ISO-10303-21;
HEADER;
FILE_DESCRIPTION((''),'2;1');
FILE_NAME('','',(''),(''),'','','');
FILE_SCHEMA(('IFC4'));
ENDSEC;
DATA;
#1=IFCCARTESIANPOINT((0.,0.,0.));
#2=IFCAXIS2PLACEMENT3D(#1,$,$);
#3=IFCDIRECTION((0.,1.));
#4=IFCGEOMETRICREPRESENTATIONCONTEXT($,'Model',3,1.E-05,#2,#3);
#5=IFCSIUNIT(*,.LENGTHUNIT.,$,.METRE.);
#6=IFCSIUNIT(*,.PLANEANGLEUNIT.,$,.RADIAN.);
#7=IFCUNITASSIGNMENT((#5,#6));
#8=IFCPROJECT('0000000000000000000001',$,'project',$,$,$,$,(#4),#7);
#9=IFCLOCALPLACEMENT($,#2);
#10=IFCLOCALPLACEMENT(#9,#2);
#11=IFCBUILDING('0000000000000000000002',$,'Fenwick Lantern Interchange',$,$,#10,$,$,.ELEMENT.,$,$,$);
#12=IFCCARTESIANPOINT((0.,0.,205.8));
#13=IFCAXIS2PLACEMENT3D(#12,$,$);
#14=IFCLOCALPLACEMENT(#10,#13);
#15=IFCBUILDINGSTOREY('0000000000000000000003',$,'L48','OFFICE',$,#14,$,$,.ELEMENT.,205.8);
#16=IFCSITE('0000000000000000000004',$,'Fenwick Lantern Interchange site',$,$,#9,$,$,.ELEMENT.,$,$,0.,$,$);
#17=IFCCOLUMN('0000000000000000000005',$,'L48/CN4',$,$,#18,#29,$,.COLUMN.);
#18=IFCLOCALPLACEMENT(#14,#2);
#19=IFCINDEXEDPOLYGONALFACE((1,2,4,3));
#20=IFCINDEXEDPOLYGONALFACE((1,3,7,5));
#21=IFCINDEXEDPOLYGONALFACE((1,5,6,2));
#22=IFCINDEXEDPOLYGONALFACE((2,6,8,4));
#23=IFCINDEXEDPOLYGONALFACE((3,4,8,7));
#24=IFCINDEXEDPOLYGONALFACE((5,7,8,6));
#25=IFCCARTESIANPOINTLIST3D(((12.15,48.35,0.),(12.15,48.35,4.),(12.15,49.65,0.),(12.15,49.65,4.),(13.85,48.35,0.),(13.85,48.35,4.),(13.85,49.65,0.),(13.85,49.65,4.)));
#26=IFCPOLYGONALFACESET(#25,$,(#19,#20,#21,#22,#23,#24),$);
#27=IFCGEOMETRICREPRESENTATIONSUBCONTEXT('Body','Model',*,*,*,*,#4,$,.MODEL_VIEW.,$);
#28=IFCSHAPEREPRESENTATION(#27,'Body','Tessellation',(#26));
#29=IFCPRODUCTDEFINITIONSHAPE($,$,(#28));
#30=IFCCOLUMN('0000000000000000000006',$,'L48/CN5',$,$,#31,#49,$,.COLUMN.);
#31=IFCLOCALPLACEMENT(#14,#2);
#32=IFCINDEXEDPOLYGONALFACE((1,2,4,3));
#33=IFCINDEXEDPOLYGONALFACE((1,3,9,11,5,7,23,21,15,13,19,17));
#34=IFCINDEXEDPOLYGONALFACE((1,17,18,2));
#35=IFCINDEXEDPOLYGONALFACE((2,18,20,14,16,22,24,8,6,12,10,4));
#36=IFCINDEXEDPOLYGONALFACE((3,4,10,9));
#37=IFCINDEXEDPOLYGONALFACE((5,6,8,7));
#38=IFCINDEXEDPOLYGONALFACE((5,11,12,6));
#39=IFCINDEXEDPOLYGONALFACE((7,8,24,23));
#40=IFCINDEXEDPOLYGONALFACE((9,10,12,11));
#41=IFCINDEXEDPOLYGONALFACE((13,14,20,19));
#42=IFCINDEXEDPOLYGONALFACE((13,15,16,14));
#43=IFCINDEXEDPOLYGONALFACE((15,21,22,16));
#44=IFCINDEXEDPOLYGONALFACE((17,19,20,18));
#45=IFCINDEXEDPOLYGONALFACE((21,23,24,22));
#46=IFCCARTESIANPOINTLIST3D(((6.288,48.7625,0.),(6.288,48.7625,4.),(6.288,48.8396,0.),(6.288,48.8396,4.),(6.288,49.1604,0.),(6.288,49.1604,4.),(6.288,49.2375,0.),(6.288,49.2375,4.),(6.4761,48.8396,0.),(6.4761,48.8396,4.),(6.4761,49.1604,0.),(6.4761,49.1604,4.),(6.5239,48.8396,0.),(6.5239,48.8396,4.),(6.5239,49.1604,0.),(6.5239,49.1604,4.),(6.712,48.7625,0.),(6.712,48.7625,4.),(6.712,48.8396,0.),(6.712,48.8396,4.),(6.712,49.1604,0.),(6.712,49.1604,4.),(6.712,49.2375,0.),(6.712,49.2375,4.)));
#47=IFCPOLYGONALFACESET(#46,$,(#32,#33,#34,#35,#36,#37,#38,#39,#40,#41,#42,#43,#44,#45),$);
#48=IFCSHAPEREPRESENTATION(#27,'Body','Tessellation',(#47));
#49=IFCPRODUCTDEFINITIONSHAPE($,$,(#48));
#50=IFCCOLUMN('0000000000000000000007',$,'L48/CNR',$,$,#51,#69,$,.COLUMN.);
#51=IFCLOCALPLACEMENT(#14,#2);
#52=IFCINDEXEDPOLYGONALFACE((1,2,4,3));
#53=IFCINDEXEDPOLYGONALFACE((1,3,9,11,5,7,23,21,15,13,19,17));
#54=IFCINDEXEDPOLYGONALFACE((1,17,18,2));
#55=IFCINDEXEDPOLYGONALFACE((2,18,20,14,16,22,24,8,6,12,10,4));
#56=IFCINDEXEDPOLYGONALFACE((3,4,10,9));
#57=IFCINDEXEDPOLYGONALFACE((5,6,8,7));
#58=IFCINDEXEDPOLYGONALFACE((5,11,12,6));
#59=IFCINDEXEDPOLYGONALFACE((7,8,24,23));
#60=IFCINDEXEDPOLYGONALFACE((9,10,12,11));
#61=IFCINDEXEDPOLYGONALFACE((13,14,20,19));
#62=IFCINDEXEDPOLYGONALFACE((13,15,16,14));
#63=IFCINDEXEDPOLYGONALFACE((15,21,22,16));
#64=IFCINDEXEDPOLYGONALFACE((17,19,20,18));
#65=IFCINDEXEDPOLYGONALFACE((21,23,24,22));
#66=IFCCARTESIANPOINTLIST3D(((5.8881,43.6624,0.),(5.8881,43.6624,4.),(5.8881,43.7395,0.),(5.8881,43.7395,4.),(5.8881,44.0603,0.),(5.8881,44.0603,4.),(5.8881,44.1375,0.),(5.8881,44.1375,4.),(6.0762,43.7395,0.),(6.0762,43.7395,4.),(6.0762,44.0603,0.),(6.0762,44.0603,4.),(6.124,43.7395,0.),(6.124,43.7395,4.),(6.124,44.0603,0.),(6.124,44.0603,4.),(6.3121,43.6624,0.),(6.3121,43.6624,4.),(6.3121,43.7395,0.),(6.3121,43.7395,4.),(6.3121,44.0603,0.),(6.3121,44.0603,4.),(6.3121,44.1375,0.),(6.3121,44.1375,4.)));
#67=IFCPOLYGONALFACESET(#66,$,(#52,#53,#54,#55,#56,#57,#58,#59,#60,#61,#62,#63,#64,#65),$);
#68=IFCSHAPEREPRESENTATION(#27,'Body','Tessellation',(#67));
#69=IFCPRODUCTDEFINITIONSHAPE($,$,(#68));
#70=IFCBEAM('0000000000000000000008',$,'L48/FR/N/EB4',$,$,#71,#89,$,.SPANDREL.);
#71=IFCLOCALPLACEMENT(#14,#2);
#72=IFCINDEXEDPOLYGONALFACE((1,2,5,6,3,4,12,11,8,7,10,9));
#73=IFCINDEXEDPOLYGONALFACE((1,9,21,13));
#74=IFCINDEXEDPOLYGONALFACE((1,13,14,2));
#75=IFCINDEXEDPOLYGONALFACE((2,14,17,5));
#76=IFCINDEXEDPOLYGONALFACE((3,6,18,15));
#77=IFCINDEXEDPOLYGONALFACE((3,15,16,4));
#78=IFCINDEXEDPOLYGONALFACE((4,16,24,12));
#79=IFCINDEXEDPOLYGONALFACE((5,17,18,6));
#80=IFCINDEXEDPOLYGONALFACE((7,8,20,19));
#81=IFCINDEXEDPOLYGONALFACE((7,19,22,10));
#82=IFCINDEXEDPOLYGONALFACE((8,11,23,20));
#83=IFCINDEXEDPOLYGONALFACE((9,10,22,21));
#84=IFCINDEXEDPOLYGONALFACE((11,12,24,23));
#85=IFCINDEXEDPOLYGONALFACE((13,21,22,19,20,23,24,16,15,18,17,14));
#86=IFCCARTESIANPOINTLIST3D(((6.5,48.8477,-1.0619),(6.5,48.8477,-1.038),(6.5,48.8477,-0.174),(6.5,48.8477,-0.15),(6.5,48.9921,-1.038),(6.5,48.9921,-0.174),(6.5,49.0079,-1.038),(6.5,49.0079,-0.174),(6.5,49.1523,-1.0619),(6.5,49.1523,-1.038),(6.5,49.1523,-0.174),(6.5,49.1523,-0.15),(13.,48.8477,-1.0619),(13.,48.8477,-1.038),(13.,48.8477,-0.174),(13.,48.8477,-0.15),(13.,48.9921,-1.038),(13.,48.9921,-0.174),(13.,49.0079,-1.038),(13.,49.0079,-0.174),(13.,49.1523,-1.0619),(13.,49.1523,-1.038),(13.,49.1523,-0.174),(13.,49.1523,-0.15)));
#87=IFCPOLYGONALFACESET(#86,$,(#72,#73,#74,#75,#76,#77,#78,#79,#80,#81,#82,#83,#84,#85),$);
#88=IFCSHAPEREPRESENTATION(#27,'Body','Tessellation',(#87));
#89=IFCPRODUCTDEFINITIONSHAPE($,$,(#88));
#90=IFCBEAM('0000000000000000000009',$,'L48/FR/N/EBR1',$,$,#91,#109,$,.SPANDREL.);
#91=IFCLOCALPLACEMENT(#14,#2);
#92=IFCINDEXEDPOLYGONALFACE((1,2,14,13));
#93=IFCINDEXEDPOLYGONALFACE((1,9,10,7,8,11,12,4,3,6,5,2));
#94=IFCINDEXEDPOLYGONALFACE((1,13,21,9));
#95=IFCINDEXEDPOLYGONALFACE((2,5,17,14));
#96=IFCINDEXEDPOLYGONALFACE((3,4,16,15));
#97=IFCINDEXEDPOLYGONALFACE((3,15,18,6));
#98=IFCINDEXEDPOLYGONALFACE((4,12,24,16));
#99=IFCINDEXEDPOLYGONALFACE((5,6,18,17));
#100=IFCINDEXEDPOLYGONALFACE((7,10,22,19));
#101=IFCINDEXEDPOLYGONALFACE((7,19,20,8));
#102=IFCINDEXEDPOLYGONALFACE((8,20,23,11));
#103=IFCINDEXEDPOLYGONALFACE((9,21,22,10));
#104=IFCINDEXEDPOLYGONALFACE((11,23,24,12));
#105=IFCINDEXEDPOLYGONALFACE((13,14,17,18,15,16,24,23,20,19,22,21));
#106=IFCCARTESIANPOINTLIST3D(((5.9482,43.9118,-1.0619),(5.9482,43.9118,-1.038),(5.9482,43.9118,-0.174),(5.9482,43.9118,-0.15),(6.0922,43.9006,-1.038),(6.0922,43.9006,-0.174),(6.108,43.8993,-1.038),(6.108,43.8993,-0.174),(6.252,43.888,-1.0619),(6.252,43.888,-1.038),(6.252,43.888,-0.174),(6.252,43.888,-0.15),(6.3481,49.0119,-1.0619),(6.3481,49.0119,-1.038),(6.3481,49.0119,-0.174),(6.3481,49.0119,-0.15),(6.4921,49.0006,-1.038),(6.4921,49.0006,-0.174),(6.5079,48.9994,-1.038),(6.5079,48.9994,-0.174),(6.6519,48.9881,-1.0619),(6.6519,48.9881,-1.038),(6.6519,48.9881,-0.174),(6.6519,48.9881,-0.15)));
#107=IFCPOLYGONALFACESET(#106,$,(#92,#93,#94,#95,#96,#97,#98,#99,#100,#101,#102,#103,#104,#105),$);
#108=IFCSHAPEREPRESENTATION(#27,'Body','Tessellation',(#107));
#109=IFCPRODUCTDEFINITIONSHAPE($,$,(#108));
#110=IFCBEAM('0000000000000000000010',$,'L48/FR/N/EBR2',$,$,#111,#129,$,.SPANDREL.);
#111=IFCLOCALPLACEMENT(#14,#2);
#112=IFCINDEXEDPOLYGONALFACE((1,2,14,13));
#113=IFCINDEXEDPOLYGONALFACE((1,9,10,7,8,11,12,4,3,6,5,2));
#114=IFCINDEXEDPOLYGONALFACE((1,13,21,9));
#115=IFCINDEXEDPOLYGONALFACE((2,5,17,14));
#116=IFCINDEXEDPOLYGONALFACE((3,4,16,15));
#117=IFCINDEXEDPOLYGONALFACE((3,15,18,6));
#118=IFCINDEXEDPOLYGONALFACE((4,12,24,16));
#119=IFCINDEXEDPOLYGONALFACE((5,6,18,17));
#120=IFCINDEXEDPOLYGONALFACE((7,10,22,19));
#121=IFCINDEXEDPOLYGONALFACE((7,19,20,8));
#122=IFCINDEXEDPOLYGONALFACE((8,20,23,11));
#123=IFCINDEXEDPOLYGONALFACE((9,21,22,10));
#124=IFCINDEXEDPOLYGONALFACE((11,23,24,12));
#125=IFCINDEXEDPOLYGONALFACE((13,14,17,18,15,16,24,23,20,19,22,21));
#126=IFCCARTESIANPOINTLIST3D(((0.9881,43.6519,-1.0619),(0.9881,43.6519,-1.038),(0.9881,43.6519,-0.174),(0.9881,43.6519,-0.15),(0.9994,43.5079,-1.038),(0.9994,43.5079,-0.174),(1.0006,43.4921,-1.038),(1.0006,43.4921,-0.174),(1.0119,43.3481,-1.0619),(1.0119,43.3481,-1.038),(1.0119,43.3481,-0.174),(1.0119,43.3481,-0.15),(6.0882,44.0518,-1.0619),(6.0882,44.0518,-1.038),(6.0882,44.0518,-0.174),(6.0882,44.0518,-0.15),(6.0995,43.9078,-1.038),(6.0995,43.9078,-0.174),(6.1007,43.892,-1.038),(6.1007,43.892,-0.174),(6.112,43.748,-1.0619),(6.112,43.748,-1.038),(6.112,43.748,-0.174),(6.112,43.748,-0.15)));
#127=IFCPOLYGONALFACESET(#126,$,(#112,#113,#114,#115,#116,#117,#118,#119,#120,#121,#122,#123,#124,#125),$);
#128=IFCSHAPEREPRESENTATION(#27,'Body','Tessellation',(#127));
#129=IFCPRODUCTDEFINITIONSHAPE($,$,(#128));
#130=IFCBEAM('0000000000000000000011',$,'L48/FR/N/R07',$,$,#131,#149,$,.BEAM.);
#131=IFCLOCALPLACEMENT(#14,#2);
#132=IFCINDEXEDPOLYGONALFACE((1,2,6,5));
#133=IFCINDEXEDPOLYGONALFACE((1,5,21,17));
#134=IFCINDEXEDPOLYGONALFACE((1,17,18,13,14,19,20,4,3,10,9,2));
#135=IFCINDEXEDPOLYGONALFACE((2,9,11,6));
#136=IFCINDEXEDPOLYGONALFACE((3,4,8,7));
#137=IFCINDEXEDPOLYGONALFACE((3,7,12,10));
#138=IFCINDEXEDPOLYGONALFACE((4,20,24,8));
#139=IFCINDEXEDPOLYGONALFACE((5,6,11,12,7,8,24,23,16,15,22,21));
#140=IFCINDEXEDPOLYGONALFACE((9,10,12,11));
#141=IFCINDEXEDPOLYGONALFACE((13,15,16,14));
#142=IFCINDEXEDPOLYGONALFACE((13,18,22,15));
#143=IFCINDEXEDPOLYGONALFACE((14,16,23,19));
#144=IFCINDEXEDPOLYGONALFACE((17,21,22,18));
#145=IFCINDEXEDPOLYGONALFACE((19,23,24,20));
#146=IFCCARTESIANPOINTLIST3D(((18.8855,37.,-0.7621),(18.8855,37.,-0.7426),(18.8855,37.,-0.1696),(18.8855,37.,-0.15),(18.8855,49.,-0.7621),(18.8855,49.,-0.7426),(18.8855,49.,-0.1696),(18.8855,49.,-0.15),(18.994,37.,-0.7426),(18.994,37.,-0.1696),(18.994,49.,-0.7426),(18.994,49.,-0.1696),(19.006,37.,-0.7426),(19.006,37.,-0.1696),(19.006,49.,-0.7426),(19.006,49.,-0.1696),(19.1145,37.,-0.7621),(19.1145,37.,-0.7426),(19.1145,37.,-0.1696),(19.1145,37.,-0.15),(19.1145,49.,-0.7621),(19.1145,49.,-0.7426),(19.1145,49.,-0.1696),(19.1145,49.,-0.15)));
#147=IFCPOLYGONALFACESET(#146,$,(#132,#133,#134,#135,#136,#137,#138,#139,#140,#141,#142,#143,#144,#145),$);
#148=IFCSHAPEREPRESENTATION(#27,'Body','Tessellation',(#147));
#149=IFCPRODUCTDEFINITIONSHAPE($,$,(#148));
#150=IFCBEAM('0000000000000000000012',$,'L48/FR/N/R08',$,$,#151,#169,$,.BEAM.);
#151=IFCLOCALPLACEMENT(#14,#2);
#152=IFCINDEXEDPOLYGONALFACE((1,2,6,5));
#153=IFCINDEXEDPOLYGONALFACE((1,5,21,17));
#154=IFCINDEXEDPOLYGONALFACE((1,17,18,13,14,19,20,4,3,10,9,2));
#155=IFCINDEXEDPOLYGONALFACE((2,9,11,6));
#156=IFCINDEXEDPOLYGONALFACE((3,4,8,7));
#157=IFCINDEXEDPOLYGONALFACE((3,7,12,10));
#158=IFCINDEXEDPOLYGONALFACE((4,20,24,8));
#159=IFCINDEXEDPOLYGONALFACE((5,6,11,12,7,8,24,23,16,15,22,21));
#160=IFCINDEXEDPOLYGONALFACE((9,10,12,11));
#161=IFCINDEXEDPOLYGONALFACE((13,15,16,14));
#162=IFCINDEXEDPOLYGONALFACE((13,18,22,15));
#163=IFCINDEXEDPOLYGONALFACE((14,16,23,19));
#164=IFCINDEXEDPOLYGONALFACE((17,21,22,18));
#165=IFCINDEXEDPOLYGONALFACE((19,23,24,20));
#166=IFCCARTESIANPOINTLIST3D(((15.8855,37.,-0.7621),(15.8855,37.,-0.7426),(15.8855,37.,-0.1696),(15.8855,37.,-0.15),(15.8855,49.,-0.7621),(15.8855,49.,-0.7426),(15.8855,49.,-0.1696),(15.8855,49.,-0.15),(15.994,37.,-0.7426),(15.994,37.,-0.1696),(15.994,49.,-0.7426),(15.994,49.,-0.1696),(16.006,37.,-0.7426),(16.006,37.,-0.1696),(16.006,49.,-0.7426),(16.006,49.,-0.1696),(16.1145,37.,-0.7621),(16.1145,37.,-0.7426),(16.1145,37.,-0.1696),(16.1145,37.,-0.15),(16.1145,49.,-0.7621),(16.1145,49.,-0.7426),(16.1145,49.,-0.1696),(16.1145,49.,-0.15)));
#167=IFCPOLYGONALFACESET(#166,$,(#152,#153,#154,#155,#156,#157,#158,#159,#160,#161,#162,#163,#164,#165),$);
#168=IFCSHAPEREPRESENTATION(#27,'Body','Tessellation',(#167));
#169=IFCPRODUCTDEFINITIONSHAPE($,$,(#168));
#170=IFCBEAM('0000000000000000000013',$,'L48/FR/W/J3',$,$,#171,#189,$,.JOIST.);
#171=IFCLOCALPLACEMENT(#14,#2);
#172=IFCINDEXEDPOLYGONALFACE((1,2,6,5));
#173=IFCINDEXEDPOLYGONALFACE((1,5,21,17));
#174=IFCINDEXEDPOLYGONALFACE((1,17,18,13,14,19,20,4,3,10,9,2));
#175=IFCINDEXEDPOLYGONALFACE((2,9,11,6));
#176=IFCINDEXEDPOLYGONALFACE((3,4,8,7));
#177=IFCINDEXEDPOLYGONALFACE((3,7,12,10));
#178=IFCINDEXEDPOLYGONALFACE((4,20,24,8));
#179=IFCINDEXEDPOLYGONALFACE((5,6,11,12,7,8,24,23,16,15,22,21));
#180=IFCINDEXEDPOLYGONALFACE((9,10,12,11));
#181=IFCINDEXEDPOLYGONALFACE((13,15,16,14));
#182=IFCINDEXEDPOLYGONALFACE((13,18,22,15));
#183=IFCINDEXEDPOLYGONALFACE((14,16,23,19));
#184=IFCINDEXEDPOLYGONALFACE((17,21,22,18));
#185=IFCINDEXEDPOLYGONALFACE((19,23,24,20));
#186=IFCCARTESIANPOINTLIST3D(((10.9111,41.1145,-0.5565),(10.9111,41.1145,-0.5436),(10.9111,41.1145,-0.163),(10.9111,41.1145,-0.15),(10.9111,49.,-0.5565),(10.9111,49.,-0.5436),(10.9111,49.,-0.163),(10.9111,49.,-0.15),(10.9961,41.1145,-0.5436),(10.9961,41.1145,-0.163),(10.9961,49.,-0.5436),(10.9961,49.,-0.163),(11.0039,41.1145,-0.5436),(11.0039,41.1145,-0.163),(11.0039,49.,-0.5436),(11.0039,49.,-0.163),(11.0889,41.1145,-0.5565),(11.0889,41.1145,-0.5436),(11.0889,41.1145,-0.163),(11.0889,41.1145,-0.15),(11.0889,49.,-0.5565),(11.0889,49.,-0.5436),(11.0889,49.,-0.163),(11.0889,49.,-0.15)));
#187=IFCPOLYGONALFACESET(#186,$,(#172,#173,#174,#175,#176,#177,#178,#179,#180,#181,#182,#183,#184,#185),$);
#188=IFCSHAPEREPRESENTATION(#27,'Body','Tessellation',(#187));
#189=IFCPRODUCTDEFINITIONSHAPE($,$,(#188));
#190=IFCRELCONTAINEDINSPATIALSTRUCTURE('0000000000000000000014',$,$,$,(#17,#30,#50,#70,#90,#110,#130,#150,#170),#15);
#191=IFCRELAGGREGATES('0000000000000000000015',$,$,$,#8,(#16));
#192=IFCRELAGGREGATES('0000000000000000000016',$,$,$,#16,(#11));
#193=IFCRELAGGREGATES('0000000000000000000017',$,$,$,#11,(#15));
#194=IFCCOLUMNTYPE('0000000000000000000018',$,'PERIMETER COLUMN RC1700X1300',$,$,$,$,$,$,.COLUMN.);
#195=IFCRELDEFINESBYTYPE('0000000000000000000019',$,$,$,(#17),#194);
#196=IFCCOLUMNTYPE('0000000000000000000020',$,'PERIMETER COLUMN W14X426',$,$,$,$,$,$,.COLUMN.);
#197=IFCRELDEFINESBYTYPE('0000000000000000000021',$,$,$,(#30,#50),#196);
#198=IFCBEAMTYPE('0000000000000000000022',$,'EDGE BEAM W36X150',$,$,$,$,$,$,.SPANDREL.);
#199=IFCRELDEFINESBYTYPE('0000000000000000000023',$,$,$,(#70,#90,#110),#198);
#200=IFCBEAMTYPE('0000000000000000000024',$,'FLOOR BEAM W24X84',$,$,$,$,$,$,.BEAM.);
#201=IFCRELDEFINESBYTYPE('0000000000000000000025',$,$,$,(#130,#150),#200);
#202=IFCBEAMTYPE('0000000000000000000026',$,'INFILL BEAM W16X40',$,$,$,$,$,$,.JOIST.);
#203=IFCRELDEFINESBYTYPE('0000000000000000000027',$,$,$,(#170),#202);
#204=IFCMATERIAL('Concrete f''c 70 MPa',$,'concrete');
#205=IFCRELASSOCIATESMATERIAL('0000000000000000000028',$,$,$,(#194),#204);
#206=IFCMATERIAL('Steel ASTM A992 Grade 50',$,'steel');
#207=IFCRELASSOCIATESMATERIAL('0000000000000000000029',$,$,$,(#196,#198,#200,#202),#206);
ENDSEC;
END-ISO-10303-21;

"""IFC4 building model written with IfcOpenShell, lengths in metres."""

from ifc_helpers import new_model, si_unit, direction, frame, origin, origin_2d, place, context, subcontext, project, spatial, rectangle, i_section, extrude, material, material_profile, profile_set, type_object, element, save


model = new_model("IFC4")

# Units and contexts
model_context = context("Model", 3, precision=1e-05, world=origin(), true_north=direction((0.0, 1.0)))
body_context = subcontext(model_context, "Body", "Model", "MODEL_VIEW")
ifc_project = project(units=[si_unit("LENGTHUNIT", "METRE"), si_unit("PLANEANGLEUNIT", "RADIAN")], contexts=[model_context])

# Site, building, storey
site_placement = place(None, origin())
site = spatial("IfcSite", under=ifc_project, at=site_placement, Name="Fenwick Lantern Interchange site", CompositionType="ELEMENT", RefElevation=0.0)
building_placement = place(site_placement, origin())
building = spatial("IfcBuilding", under=site, at=building_placement, Name="Fenwick Lantern Interchange", CompositionType="ELEMENT")
storey_placement = place(building_placement, frame((0.0, 0.0, 205.8)))
storey = spatial("IfcBuildingStorey", under=building, at=storey_placement, Name="L48", Description="OFFICE", CompositionType="ELEMENT", Elevation=205.8)

# Columns
ifc_material_1 = material(Name="Concrete f'c 70 MPa", Category="concrete")
ifc_material_profile_1 = material_profile(ifc_material_1, rectangle(XDim=1.7, YDim=1.3, at=origin_2d()), Name="RC1700X1300")
ifc_profile_set_1 = profile_set([ifc_material_profile_1], Name="Concrete f'c 70 MPa")
column_type_1 = type_object("IfcColumnType", Name="PERIMETER COLUMN RC1700X1300", PredefinedType="COLUMN", material=ifc_profile_set_1)
column_placement = place(storey_placement, frame((13.0, 49.0, 0.0), z_axis=(0.0, 0.0, 1.0), x_axis=(1.0, 0.0, 0.0)))
element("IfcColumn", 1, at=column_placement, inside=storey, type_object=column_type_1, Name="L48/CN4", PredefinedType="COLUMN", context=body_context, shape_type="SweptSolid", body=[
    extrude(rectangle(XDim=1.7, YDim=1.3, at=origin_2d()), origin(), (0.0, 0.0, 1.0), 4.0),
])
ifc_material_2 = material(Name="Steel ASTM A992 Grade 50", Category="steel")
ifc_material_profile_2 = material_profile(ifc_material_2, i_section(OverallWidth=0.4241, OverallDepth=0.4751, WebThickness=0.0479, FlangeThickness=0.0771, at=origin_2d()), Name="W14X426")
ifc_profile_set_2 = profile_set([ifc_material_profile_2], Name="Steel ASTM A992 Grade 50")
column_type_2 = type_object("IfcColumnType", Name="PERIMETER COLUMN W14X426", PredefinedType="COLUMN", material=ifc_profile_set_2)
for number, where, z_axis, x_axis, name in (
    (2, (6.5, 49.0, 0.0), (0.0, 0.0, 1.0), (1.0, 0.0, 0.0), "L48/CN5"),
    (3, (6.1001, 43.8999, 0.0), (0.0, 0.0, 1.0), (1.0, 0.0, 0.0), "L48/CNR"),
):
    element("IfcColumn", number, at=place(storey_placement, frame(where, z_axis=z_axis, x_axis=x_axis)), inside=storey, type_object=column_type_2, Name=name, PredefinedType="COLUMN", context=body_context, shape_type="SweptSolid", body=[
        extrude(i_section(OverallWidth=0.4241, OverallDepth=0.4751, WebThickness=0.0479, FlangeThickness=0.0771, at=origin_2d()), origin(), (0.0, 0.0, 1.0), 4.0),
    ])

# Beams
ifc_material_profile_3 = material_profile(ifc_material_2, i_section(OverallWidth=0.3047, OverallDepth=0.9119, WebThickness=0.0159, FlangeThickness=0.0239, at=origin_2d()), Name="W36X150")
ifc_profile_set_3 = profile_set([ifc_material_profile_3], Name="Steel ASTM A992 Grade 50")
beam_type_1 = type_object("IfcBeamType", Name="EDGE BEAM W36X150", PredefinedType="SPANDREL", material=ifc_profile_set_3)
beam_1_placement = place(storey_placement, frame((13.0, 49.0, -0.606), z_axis=(-1.0, 0.0, 0.0), x_axis=(0.0, -1.0, 0.0)))
element("IfcBeam", 4, at=beam_1_placement, inside=storey, type_object=beam_type_1, Name="L48/FR/N/EB4", PredefinedType="SPANDREL", context=body_context, shape_type="SweptSolid", body=[
    extrude(i_section(OverallWidth=0.3047, OverallDepth=0.9119, WebThickness=0.0159, FlangeThickness=0.0239, at=origin_2d()), origin(), (0.0, 0.0, 1.0), 6.5),
])
for number, where, z_axis, x_axis, name in (
    (5, (6.5, 49.0, -0.606), (-0.078171, -0.99694, 0.0), (0.99694, -0.078171, 0.0), "L48/FR/N/EBR1"),
    (6, (6.1001, 43.8999, -0.606), (-0.99694, -0.078171, 0.0), (0.078171, -0.99694, 0.0), "L48/FR/N/EBR2"),
):
    element("IfcBeam", number, at=place(storey_placement, frame(where, z_axis=z_axis, x_axis=x_axis)), inside=storey, type_object=beam_type_1, Name=name, PredefinedType="SPANDREL", context=body_context, shape_type="SweptSolid", body=[
        extrude(i_section(OverallWidth=0.3047, OverallDepth=0.9119, WebThickness=0.0159, FlangeThickness=0.0239, at=origin_2d()), origin(), (0.0, 0.0, 1.0), 5.1157),
    ])
ifc_material_profile_4 = material_profile(ifc_material_2, i_section(OverallWidth=0.229, OverallDepth=0.6121, WebThickness=0.012, FlangeThickness=0.0195, at=origin_2d()), Name="W24X84")
ifc_profile_set_4 = profile_set([ifc_material_profile_4], Name="Steel ASTM A992 Grade 50")
beam_type_2 = type_object("IfcBeamType", Name="FLOOR BEAM W24X84", PredefinedType="BEAM", material=ifc_profile_set_4)
for number, where, z_axis, x_axis, name in (
    (7, (19.0, 49.0, -0.4561), (0.0, -1.0, 0.0), (1.0, 0.0, 0.0), "L48/FR/N/R07"),
    (8, (16.0, 49.0, -0.4561), (0.0, -1.0, 0.0), (1.0, 0.0, 0.0), "L48/FR/N/R08"),
):
    element("IfcBeam", number, at=place(storey_placement, frame(where, z_axis=z_axis, x_axis=x_axis)), inside=storey, type_object=beam_type_2, Name=name, PredefinedType="BEAM", context=body_context, shape_type="SweptSolid", body=[
        extrude(i_section(OverallWidth=0.229, OverallDepth=0.6121, WebThickness=0.012, FlangeThickness=0.0195, at=origin_2d()), origin(), (0.0, 0.0, 1.0), 12.0),
    ])
ifc_material_profile_5 = material_profile(ifc_material_2, i_section(OverallWidth=0.1777, OverallDepth=0.4065, WebThickness=0.0078, FlangeThickness=0.0129, at=origin_2d()), Name="W16X40")
ifc_profile_set_5 = profile_set([ifc_material_profile_5], Name="Steel ASTM A992 Grade 50")
beam_type_3 = type_object("IfcBeamType", Name="INFILL BEAM W16X40", PredefinedType="JOIST", material=ifc_profile_set_5)
beam_2_placement = place(storey_placement, frame((11.0, 49.0, -0.3533), z_axis=(0.0, -1.0, 0.0), x_axis=(1.0, 0.0, 0.0)))
element("IfcBeam", 9, at=beam_2_placement, inside=storey, type_object=beam_type_3, Name="L48/FR/W/J3", PredefinedType="JOIST", context=body_context, shape_type="SweptSolid", body=[
    extrude(i_section(OverallWidth=0.1777, OverallDepth=0.4065, WebThickness=0.0078, FlangeThickness=0.0129, at=origin_2d()), origin(), (0.0, 0.0, 1.0), 7.8855),
])

save(model, "model.ifc")
